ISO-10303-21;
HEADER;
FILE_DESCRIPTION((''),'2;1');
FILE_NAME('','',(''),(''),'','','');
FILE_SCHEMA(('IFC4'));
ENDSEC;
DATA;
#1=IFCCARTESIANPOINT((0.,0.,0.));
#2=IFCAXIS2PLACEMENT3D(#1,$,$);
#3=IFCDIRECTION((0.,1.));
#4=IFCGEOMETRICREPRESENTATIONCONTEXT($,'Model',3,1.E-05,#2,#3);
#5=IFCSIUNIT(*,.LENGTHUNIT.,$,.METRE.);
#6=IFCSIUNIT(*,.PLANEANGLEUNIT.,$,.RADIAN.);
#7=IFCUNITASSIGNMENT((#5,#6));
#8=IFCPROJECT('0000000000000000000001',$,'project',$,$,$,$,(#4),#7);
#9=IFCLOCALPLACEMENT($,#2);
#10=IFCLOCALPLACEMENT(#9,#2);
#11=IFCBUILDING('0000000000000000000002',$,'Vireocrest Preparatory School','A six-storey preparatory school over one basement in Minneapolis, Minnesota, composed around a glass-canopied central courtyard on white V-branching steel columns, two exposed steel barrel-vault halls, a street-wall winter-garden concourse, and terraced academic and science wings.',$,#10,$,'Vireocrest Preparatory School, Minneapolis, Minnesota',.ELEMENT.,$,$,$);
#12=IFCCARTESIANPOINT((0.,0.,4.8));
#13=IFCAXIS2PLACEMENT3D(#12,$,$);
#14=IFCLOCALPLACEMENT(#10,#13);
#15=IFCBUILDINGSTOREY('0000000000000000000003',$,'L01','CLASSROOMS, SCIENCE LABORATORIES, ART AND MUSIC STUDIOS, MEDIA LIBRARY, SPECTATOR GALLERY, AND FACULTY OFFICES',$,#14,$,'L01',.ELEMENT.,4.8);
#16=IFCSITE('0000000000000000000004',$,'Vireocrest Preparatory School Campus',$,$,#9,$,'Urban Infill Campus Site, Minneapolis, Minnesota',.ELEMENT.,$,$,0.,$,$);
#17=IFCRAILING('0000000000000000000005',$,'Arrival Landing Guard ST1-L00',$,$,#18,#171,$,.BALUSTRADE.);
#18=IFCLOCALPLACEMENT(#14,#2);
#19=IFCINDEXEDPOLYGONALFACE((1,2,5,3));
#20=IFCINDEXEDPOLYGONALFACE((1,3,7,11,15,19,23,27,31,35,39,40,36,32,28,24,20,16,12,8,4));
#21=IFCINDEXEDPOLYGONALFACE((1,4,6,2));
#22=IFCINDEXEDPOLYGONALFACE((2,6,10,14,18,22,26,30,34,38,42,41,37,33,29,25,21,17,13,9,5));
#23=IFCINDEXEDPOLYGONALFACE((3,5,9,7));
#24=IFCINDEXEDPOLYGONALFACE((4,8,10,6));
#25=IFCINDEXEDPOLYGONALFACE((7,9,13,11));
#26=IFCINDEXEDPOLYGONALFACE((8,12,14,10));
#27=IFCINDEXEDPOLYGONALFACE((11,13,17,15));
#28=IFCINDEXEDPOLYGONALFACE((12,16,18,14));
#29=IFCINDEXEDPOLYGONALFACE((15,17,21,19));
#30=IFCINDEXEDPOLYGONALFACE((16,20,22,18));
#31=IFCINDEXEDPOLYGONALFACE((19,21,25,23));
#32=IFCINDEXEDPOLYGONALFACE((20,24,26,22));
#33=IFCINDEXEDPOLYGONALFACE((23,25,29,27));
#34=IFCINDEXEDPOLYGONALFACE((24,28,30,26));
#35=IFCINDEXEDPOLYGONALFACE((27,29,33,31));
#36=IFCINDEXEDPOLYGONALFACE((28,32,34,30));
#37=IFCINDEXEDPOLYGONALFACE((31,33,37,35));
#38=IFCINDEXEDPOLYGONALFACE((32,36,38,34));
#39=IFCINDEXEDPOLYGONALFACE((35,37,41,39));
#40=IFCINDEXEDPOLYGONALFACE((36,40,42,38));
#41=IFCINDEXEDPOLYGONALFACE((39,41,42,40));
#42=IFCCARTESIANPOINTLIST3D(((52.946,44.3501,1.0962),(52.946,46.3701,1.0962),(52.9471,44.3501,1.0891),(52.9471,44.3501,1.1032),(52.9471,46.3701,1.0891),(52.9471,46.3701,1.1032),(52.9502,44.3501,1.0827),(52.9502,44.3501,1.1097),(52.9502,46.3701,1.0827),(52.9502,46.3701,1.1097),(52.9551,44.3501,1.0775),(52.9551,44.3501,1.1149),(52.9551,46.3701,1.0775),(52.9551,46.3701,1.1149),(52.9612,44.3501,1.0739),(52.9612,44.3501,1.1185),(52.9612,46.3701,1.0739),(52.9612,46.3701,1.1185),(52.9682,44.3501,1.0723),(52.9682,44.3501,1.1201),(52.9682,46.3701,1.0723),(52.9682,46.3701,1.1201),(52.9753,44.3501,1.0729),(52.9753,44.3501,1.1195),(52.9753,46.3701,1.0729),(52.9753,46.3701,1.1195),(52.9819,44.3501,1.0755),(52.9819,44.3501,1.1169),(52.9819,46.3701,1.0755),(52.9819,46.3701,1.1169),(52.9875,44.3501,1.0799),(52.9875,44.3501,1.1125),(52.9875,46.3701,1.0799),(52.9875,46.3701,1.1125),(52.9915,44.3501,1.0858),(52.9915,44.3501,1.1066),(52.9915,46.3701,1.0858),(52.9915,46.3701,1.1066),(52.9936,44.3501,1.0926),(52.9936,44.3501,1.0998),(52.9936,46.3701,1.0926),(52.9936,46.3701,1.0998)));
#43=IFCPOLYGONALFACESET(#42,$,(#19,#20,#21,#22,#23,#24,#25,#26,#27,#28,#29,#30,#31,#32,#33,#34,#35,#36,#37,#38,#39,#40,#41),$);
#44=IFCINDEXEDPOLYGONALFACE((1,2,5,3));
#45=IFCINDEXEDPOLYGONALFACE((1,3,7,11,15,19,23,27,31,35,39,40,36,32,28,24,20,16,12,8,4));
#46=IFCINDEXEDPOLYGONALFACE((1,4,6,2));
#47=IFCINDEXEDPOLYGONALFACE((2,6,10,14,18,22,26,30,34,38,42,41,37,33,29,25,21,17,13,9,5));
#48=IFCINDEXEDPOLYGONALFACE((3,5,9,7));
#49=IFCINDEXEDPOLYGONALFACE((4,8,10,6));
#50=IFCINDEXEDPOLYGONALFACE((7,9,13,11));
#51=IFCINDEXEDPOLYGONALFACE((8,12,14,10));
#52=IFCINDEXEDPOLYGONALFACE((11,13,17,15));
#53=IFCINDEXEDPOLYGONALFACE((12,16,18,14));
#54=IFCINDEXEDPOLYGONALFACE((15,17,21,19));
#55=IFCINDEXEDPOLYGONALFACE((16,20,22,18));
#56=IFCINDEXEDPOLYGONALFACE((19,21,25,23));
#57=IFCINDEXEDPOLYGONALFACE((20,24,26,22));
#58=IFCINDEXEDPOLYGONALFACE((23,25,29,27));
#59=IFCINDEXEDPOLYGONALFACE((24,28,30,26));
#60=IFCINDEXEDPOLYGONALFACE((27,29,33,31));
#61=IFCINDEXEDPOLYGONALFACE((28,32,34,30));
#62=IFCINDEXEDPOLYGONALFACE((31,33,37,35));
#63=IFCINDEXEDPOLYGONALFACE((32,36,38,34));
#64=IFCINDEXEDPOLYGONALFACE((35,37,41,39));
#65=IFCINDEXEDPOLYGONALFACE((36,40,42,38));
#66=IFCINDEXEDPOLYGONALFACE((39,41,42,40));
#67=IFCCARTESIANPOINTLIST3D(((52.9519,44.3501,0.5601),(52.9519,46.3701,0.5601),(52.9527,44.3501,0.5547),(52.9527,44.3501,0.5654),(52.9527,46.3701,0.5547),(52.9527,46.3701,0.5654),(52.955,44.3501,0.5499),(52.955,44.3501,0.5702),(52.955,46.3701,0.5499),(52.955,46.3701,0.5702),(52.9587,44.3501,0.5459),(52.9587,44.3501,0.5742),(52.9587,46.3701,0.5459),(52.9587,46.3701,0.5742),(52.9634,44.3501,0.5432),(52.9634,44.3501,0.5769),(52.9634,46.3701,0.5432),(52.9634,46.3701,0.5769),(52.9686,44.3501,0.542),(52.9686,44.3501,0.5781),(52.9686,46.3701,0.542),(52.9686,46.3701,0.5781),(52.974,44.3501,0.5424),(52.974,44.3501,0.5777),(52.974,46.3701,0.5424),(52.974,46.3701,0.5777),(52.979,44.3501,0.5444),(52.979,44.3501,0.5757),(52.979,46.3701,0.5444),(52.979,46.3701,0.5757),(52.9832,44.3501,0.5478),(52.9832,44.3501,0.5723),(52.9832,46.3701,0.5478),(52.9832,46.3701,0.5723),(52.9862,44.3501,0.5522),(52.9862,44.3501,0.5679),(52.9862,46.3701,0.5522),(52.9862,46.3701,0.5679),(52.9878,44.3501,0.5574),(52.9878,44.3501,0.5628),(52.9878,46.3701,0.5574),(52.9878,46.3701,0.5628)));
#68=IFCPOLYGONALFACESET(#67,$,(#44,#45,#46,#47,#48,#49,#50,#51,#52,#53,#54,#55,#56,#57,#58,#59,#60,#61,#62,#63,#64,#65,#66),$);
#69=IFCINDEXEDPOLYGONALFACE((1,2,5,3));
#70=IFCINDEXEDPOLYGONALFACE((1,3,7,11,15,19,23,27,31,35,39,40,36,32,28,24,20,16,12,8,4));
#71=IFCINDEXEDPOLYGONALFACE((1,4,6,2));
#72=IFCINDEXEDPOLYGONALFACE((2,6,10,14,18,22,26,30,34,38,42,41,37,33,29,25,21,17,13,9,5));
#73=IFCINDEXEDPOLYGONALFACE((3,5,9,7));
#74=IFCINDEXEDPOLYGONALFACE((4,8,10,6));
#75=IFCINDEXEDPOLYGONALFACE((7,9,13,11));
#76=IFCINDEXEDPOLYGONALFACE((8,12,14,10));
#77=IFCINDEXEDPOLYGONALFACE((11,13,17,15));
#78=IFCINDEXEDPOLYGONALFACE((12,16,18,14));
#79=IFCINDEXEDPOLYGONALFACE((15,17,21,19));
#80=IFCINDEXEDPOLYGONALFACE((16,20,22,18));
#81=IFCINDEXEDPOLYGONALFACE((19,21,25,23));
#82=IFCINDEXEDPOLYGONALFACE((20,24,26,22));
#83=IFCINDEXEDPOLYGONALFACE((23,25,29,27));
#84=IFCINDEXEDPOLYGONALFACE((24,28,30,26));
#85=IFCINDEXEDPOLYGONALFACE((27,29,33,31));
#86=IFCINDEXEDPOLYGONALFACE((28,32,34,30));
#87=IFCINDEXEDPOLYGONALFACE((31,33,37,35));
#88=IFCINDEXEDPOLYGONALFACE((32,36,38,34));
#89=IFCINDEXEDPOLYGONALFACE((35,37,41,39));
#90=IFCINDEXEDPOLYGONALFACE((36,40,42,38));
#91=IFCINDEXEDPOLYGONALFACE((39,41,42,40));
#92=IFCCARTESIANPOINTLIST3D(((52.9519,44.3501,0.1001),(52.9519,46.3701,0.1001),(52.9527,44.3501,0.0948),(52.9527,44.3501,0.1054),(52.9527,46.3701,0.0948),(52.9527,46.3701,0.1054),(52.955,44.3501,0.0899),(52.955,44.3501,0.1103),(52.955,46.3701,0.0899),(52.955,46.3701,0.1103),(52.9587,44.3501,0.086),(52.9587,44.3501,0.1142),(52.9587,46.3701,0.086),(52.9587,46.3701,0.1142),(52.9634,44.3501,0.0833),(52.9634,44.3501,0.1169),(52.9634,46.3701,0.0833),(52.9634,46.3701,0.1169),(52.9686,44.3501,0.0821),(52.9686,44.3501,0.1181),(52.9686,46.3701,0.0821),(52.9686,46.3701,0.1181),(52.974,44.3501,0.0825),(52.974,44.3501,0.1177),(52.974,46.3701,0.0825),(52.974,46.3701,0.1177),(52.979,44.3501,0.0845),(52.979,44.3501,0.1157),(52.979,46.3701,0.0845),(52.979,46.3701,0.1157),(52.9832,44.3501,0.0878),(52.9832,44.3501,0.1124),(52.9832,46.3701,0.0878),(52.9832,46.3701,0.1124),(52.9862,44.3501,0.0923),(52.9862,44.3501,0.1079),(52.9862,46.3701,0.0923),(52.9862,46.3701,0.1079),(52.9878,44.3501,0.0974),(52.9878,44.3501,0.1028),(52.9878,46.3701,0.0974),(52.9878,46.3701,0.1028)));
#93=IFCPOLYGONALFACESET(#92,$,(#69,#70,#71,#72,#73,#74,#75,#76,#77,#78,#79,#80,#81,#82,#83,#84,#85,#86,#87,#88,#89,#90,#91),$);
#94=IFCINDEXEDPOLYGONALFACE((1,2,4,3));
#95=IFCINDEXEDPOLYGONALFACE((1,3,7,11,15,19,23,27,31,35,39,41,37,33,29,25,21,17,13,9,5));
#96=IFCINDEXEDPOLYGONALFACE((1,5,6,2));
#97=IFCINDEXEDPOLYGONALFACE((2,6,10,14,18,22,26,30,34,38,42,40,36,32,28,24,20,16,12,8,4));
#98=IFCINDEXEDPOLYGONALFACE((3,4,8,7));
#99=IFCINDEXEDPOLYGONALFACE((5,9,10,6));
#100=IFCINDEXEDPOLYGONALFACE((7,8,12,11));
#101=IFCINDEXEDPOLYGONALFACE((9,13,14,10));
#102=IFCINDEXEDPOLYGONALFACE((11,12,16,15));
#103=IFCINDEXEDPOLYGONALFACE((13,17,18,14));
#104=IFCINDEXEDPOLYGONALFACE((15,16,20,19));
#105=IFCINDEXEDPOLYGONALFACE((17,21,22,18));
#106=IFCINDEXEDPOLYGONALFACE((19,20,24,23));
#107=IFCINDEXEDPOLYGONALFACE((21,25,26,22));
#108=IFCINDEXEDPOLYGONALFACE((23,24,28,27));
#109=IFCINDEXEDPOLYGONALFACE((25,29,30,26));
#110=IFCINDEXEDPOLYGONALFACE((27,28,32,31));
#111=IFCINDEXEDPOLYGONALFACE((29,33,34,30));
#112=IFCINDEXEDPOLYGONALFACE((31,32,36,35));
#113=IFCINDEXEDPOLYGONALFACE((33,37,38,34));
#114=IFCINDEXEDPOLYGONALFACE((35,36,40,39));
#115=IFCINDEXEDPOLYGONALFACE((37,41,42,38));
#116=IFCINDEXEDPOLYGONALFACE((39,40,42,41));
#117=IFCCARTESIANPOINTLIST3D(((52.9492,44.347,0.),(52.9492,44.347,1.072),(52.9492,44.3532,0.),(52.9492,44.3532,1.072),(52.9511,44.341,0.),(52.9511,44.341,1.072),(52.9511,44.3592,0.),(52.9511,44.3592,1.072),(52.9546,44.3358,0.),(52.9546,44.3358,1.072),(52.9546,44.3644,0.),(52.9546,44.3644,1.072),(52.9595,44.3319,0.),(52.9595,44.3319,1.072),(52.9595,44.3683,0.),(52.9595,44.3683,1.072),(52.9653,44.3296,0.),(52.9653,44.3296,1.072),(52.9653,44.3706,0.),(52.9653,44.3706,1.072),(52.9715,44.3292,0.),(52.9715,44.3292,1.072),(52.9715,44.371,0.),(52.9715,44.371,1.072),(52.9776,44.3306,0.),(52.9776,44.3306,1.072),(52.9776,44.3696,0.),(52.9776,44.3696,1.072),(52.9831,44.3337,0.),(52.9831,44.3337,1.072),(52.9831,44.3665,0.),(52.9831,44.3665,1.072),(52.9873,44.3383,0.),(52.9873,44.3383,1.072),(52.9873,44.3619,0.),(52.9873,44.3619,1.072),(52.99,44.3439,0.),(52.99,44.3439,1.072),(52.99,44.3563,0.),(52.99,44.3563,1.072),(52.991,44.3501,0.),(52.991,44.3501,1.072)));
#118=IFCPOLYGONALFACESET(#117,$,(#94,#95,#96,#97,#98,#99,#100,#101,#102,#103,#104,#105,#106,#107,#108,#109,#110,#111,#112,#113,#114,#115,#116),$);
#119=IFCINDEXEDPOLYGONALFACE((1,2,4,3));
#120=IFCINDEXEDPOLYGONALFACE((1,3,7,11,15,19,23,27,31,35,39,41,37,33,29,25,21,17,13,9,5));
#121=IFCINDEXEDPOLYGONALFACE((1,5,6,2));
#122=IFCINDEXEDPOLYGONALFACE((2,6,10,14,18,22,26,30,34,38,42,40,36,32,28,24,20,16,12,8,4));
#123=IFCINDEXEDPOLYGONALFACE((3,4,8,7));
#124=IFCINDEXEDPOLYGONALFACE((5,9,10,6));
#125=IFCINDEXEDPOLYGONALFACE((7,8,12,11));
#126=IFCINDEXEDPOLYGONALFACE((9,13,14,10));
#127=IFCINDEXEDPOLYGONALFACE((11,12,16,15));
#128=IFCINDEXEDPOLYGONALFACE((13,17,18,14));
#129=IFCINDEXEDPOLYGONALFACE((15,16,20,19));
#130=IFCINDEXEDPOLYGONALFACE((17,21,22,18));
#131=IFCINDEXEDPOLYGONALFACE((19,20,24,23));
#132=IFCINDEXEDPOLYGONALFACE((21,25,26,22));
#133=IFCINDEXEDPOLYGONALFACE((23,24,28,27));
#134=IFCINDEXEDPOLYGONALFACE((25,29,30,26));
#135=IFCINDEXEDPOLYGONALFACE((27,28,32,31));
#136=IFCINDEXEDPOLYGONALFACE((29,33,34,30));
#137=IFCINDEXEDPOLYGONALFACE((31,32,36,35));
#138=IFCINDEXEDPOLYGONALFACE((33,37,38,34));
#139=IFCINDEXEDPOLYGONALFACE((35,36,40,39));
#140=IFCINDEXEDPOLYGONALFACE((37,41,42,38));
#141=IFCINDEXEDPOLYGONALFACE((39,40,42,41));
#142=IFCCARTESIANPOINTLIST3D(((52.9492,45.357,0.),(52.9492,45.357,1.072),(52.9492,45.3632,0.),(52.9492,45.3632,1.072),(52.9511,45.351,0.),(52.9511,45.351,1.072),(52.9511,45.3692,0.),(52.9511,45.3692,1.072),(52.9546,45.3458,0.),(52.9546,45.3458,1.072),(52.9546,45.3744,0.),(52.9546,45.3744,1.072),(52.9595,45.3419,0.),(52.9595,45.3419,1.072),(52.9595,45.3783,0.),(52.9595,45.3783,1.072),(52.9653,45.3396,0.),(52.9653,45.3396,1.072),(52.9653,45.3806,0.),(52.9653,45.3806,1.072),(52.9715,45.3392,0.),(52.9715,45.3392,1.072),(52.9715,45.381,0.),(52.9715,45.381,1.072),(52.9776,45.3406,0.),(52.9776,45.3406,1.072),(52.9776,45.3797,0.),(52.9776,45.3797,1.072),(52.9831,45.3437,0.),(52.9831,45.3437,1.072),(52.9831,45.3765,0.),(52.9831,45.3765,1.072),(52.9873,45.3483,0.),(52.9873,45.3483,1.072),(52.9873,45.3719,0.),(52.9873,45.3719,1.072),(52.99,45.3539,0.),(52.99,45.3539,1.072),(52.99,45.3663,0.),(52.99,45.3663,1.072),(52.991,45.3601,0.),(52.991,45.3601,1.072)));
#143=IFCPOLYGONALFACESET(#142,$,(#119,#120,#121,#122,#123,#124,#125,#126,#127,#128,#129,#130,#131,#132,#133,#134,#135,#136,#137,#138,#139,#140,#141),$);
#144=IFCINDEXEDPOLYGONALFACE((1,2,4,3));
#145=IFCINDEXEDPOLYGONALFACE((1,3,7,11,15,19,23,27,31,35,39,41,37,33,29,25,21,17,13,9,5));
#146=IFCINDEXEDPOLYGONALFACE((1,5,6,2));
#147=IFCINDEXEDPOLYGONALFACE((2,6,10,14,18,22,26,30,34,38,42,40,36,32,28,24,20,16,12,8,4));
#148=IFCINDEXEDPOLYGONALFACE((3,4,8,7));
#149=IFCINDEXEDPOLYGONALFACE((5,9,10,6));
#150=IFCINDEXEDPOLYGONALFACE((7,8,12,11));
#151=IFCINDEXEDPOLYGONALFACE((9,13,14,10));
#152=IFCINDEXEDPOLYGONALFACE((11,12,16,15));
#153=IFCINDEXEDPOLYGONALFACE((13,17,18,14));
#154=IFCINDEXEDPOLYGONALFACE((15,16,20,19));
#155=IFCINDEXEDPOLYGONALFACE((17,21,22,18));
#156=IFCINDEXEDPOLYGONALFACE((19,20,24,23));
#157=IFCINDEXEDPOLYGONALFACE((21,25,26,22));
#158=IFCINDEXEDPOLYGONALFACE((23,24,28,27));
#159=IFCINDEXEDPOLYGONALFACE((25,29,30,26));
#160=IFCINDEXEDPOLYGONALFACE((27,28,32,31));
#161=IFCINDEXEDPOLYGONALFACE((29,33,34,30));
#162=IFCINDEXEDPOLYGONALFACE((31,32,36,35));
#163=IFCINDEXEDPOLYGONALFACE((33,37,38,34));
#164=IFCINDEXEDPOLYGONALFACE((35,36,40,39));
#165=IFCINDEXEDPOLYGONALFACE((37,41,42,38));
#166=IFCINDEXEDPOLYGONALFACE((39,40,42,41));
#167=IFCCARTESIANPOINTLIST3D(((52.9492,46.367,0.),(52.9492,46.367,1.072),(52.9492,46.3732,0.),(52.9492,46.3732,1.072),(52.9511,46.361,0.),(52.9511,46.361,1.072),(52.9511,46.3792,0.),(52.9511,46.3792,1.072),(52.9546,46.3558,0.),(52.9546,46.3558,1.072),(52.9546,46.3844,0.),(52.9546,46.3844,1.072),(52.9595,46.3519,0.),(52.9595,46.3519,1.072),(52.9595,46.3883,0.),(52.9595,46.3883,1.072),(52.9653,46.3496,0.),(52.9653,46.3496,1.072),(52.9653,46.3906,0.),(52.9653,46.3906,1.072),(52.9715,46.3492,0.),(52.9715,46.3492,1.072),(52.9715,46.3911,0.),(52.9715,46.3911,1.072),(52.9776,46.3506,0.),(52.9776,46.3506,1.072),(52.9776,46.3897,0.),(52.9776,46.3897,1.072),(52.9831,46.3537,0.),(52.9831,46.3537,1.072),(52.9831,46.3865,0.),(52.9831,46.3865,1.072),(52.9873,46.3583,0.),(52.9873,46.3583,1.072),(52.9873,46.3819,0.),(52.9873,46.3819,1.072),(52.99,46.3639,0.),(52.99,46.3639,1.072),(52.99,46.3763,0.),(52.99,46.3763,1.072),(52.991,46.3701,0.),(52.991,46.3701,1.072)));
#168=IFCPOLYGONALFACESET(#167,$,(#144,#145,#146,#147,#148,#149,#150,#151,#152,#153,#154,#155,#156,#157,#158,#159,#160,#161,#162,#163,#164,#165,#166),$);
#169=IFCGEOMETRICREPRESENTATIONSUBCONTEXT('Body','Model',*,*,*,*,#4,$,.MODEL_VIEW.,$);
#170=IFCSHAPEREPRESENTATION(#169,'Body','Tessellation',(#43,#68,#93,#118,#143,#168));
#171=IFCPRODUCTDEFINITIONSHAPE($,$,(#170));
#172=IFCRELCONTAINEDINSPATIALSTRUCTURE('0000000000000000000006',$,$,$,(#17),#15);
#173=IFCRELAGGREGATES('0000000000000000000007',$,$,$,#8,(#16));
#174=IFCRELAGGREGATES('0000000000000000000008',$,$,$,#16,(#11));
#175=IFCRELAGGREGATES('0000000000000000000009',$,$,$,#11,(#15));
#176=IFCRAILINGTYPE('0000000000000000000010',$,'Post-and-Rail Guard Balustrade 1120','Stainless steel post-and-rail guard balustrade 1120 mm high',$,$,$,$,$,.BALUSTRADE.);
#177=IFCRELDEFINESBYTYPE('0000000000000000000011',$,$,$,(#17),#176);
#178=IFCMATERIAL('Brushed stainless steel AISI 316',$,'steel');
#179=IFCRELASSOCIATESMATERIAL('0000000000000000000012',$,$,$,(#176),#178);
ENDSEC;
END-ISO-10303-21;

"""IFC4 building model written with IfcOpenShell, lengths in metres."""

from ifc_helpers import new_model, si_unit, direction, frame, origin, origin_2d, place, context, subcontext, project, spatial, circle, extrude, material, type_object, element, save


model = new_model("IFC4")

# Units and contexts
model_context = context("Model", 3, precision=1e-05, world=origin(), true_north=direction((0.0, 1.0)))
body_context = subcontext(model_context, "Body", "Model", "MODEL_VIEW")
ifc_project = project(units=[si_unit("LENGTHUNIT", "METRE"), si_unit("PLANEANGLEUNIT", "RADIAN")], contexts=[model_context])

# Site, building, storey
site_placement = place(None, origin())
site = spatial("IfcSite", under=ifc_project, at=site_placement, Name="Vireocrest Preparatory School Campus", LongName="Urban Infill Campus Site, Minneapolis, Minnesota", CompositionType="ELEMENT", RefElevation=0.0)
building_placement = place(site_placement, origin())
building = spatial("IfcBuilding", under=site, at=building_placement, Name="Vireocrest Preparatory School", Description="A six-storey preparatory school over one basement in Minneapolis, Minnesota, composed around a glass-canopied central courtyard on white V-branching steel columns, two exposed steel barrel-vault halls, a street-wall winter-garden concourse, and terraced academic and science wings.", LongName="Vireocrest Preparatory School, Minneapolis, Minnesota", CompositionType="ELEMENT")
storey_placement = place(building_placement, frame((0.0, 0.0, 4.8)))
storey = spatial("IfcBuildingStorey", under=building, at=storey_placement, Name="L01", Description="CLASSROOMS, SCIENCE LABORATORIES, ART AND MUSIC STUDIOS, MEDIA LIBRARY, SPECTATOR GALLERY, AND FACULTY OFFICES", LongName="L01", CompositionType="ELEMENT", Elevation=4.8)

# Railing
ifc_material_1 = material(Name="Brushed stainless steel AISI 316", Category="steel")
railing_type_1 = type_object("IfcRailingType", Name="Post-and-Rail Guard Balustrade 1120", Description="Stainless steel post-and-rail guard balustrade 1120 mm high", PredefinedType="BALUSTRADE", material=ifc_material_1)
railing_1_placement = place(storey_placement, frame((52.97, 44.3501, 0.0)))
element("IfcRailing", 1, at=railing_1_placement, inside=storey, type_object=railing_type_1, Name="Arrival Landing Guard ST1-L00", PredefinedType="BALUSTRADE", context=body_context, shape_type="SweptSolid", body=[
    extrude(circle(Radius=0.0239, at=origin_2d()), frame((0.0, 0.0, 1.0962), z_axis=(0.0, 1.0, 0.0), x_axis=(-1.0, 0.0, 0.0)), (0.0, 0.0, 1.0), 2.02),
    extrude(circle(Radius=0.0181, at=origin_2d()), frame((0.0, 0.0, 0.5601), z_axis=(0.0, 1.0, 0.0), x_axis=(-1.0, 0.0, 0.0)), (0.0, 0.0, 1.0), 2.02),
    extrude(circle(Radius=0.0181, at=origin_2d()), frame((0.0, 0.0, 0.1001), z_axis=(0.0, 1.0, 0.0), x_axis=(-1.0, 0.0, 0.0)), (0.0, 0.0, 1.0), 2.02),
    extrude(circle(Radius=0.021, at=origin_2d()), origin(), (0.0, 0.0, 1.0), 1.072),
    extrude(circle(Radius=0.021, at=origin_2d()), frame((0.0, 1.01, 0.0)), (0.0, 0.0, 1.0), 1.072),
    extrude(circle(Radius=0.021, at=origin_2d()), frame((0.0, 2.02, 0.0)), (0.0, 0.0, 1.0), 1.072),
])

save(model, "model.ifc")
